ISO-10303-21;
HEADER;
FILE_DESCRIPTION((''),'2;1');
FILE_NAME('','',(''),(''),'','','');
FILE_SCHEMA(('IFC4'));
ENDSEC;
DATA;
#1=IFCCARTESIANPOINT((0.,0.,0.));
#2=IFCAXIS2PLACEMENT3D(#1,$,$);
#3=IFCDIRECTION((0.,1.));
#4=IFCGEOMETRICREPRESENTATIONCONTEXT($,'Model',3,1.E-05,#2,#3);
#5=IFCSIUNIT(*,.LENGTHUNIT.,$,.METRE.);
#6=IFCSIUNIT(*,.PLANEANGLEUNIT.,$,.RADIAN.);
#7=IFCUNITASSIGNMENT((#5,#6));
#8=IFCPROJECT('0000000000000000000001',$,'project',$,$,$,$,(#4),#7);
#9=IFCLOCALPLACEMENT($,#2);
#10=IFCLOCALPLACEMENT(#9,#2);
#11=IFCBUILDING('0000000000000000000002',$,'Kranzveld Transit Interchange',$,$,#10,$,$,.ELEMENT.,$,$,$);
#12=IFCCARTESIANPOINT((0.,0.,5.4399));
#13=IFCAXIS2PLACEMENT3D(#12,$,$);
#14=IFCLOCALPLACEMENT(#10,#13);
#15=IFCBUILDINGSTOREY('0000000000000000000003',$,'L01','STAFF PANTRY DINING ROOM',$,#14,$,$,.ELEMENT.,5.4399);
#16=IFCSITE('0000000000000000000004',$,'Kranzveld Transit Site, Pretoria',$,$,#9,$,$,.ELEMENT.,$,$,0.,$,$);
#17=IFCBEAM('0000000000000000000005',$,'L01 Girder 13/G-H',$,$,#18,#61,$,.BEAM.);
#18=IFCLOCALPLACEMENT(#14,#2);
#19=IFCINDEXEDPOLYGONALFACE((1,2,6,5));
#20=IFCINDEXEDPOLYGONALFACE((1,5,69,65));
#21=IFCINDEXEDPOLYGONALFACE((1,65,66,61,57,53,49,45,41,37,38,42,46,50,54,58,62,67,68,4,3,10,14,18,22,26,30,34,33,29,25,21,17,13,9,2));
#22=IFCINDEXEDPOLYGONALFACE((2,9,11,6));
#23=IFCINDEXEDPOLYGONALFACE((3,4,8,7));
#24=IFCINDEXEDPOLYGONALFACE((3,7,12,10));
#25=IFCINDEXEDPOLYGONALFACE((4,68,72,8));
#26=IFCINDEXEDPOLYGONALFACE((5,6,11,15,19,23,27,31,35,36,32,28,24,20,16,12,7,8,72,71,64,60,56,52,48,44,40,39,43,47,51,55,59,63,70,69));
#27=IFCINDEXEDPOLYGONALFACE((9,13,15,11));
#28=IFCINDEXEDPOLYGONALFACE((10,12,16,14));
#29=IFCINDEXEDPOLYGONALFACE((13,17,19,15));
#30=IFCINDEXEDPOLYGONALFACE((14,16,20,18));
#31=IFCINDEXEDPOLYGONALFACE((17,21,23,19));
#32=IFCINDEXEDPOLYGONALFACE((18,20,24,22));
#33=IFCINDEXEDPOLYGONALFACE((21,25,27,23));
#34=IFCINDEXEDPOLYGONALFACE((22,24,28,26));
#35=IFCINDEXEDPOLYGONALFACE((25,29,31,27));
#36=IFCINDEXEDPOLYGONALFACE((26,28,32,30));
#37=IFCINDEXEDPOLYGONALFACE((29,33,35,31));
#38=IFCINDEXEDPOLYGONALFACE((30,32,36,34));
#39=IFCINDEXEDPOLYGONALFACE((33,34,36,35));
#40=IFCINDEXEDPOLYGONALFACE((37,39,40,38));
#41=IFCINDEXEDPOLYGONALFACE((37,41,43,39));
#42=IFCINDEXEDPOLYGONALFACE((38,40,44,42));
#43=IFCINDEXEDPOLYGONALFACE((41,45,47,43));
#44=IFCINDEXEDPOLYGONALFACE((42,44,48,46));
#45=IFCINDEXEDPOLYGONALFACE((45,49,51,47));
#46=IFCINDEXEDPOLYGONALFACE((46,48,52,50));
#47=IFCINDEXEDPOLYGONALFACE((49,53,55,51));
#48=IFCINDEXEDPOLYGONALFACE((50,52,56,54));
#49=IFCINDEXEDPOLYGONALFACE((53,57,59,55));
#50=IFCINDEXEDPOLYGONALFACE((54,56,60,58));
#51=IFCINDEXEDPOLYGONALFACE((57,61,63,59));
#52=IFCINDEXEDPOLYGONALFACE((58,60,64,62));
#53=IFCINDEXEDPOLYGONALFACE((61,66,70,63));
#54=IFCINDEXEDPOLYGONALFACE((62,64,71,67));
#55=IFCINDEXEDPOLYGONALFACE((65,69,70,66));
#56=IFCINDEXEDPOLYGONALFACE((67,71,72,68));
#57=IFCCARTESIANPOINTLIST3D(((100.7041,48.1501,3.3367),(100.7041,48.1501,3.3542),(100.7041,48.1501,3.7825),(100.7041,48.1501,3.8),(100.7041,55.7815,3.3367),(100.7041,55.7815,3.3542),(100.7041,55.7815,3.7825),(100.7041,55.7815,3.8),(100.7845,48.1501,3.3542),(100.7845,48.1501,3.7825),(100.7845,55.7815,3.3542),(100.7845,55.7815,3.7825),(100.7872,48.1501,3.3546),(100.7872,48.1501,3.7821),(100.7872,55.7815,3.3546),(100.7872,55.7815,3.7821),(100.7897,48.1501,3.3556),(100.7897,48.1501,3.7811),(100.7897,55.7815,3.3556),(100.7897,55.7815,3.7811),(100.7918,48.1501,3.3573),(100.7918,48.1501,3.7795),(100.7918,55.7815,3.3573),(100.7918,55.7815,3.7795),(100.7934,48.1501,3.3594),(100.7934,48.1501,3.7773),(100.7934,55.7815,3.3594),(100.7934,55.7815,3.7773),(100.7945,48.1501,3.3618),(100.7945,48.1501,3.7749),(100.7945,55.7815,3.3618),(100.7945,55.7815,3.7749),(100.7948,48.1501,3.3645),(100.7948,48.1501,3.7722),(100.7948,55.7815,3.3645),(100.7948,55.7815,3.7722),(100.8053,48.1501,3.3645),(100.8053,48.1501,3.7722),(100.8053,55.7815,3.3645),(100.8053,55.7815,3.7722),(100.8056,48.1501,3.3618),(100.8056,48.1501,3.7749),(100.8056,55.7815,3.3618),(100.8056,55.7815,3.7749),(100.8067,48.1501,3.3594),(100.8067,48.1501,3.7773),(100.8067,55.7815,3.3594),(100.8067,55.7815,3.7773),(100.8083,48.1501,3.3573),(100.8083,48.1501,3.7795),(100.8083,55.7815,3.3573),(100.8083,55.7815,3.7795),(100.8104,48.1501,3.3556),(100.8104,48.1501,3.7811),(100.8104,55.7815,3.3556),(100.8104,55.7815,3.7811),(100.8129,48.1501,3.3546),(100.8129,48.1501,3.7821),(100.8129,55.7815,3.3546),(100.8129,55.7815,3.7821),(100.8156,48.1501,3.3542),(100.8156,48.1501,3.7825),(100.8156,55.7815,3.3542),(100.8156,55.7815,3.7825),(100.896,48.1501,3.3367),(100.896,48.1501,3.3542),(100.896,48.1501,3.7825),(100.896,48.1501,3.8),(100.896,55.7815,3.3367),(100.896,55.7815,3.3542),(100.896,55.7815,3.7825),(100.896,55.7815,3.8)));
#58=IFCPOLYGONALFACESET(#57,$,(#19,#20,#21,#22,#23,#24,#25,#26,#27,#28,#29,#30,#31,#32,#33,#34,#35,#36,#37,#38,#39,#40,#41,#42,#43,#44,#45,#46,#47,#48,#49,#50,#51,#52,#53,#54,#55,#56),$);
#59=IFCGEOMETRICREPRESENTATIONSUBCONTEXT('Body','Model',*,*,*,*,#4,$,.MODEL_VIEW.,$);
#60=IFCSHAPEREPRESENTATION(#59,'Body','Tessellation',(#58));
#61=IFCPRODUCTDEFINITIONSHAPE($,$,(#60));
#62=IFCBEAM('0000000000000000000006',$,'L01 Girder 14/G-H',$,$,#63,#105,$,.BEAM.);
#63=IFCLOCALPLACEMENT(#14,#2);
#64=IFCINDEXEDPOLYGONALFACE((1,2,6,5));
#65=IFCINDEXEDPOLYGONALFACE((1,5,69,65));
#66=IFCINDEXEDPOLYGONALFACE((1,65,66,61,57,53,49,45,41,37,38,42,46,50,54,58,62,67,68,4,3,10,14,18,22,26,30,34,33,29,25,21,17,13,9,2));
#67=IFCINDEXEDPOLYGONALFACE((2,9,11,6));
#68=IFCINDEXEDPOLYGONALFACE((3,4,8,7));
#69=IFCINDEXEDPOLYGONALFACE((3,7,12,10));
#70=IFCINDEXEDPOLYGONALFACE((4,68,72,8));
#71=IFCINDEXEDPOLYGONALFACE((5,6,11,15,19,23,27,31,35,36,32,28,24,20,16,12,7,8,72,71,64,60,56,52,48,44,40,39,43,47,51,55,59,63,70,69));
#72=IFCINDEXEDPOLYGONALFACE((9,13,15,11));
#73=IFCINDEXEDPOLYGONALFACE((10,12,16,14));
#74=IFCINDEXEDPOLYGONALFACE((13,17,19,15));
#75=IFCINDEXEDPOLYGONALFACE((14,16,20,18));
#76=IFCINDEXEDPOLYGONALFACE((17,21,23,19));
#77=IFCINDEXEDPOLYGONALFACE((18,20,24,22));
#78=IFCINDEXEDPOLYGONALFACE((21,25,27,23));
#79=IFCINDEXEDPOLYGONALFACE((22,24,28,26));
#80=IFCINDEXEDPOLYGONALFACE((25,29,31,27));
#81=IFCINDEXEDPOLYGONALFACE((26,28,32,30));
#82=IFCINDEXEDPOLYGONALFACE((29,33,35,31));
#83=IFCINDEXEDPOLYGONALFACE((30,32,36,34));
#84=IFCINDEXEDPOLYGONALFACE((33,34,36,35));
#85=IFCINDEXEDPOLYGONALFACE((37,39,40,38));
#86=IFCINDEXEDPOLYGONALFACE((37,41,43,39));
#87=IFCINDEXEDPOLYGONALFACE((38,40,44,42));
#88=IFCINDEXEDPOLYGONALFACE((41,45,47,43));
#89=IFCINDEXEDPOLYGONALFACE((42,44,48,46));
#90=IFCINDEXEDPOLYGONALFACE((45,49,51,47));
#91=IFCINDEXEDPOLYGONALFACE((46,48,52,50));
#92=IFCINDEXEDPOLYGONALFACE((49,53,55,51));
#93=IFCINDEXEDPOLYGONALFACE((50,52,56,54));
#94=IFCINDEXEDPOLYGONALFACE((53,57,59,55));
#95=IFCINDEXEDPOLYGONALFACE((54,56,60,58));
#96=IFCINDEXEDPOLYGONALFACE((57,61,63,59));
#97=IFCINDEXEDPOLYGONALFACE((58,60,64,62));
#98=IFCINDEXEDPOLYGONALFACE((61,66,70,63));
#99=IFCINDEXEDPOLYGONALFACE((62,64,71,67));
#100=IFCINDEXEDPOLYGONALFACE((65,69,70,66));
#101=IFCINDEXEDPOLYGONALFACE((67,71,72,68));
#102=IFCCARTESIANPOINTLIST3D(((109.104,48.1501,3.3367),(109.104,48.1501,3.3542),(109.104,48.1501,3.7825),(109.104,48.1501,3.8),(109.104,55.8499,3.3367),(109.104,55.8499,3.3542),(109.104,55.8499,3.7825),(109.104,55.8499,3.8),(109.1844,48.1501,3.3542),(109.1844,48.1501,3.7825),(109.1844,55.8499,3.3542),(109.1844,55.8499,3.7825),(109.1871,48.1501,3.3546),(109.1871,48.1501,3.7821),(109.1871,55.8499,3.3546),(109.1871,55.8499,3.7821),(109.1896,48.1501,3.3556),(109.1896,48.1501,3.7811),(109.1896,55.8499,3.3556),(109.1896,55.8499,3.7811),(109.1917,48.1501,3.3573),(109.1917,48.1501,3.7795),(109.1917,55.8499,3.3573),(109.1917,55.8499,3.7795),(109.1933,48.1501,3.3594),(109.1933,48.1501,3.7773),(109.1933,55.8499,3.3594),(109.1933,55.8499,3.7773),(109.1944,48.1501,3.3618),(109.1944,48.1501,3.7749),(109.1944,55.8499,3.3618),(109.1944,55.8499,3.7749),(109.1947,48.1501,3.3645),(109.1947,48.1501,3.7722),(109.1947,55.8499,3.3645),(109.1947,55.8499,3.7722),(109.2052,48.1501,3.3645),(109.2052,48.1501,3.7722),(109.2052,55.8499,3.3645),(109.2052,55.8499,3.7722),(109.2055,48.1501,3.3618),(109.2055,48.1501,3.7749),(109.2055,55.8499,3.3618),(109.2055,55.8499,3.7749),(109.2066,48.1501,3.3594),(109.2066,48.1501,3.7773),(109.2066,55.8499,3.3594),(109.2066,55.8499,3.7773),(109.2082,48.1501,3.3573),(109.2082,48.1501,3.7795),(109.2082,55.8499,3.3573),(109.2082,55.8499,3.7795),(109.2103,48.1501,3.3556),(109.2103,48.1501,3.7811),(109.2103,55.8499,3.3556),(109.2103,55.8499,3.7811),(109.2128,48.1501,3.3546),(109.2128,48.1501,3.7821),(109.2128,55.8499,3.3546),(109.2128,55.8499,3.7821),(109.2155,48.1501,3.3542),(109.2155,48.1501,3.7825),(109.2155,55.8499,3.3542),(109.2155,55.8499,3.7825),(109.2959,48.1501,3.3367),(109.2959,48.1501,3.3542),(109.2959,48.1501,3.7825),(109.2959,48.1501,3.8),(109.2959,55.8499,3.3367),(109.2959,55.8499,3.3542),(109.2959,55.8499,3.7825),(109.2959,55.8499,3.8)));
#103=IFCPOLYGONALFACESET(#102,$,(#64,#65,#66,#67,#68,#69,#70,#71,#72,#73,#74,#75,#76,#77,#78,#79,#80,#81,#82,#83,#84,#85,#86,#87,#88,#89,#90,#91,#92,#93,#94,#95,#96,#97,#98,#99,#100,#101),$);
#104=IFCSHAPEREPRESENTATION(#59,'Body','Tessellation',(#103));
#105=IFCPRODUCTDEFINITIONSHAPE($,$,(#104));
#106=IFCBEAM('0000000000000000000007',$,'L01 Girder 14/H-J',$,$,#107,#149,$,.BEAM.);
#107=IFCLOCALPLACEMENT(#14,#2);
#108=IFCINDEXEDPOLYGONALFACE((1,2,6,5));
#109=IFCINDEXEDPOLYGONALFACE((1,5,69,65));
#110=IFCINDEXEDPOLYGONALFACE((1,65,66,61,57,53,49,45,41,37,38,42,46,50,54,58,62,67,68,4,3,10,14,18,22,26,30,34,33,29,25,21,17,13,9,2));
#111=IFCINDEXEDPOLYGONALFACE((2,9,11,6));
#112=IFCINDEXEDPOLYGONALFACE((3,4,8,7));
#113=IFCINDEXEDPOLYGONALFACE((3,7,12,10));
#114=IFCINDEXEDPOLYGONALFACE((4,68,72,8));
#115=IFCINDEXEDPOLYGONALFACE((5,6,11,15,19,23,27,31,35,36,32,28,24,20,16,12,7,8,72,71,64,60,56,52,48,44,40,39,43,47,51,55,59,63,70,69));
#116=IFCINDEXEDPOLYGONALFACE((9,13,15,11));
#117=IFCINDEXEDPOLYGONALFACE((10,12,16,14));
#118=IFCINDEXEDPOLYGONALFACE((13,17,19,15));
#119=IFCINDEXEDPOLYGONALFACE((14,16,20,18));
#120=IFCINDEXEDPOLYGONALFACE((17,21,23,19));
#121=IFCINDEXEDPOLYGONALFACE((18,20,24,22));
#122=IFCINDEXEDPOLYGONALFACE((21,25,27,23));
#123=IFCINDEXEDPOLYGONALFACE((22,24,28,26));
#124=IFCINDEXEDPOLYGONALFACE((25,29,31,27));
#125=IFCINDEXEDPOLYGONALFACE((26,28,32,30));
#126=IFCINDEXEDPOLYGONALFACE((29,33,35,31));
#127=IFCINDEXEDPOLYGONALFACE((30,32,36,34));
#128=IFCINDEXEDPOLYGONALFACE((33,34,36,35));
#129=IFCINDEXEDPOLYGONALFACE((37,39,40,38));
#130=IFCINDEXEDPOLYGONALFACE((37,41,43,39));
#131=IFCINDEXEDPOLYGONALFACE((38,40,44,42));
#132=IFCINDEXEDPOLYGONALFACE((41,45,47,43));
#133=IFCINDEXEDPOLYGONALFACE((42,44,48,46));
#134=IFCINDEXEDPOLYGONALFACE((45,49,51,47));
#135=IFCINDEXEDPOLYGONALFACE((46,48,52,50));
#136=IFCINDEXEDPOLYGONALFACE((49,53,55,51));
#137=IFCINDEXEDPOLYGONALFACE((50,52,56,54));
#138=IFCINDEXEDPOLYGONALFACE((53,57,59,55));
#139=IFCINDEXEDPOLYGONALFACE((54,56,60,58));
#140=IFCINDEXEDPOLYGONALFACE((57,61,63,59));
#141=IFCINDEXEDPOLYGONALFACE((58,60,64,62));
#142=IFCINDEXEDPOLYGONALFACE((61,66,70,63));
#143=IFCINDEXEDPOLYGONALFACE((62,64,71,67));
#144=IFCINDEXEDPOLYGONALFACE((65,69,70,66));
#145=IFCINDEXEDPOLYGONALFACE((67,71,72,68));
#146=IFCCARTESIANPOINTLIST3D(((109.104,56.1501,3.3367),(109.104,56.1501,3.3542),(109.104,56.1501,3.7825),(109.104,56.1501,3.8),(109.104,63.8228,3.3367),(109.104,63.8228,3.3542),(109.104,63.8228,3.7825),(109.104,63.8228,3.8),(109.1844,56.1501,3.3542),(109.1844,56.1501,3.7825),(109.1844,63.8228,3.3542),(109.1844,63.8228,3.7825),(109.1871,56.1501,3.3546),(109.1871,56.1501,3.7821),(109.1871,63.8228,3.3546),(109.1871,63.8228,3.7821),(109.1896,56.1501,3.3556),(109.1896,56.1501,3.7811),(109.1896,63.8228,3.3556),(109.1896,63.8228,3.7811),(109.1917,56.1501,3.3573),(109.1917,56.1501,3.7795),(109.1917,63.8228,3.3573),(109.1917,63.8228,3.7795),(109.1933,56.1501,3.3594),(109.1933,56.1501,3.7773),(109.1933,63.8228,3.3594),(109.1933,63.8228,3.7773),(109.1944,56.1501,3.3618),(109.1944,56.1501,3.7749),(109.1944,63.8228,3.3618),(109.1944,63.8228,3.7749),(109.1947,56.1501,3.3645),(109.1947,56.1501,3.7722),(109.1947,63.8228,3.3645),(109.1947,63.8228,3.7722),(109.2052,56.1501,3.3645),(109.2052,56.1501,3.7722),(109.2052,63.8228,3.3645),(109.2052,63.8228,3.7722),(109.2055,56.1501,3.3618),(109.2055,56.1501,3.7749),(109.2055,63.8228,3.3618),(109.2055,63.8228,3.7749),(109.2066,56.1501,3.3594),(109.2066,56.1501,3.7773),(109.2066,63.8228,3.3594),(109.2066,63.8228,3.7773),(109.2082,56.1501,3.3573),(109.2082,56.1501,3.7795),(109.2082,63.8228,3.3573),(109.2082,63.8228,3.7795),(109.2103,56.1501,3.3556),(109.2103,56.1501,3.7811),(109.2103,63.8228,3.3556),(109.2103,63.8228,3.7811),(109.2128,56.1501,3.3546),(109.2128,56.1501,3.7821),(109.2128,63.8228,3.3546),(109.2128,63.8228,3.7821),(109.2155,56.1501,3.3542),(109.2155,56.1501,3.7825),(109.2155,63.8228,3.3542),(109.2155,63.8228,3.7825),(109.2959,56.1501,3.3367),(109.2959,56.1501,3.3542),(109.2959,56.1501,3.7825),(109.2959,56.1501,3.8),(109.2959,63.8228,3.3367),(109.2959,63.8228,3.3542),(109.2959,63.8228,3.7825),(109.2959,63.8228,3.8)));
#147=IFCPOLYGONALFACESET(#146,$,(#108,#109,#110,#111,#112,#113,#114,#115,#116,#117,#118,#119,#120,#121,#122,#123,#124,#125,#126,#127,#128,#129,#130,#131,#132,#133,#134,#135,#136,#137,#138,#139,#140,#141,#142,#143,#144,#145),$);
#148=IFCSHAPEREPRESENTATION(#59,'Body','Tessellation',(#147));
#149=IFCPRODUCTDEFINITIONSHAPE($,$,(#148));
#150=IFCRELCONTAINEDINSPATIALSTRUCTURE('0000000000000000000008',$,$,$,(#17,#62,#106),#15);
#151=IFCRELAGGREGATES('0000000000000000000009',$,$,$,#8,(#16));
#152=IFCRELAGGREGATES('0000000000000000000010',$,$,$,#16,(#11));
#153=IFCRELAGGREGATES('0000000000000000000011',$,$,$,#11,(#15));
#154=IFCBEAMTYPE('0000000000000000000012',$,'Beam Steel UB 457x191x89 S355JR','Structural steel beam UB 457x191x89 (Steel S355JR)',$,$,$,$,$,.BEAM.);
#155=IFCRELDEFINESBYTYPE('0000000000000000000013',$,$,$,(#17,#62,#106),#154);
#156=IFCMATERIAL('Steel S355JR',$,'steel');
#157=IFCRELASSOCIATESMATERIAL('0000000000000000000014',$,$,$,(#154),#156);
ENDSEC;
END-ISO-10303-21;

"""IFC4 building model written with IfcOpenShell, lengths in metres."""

from ifc_helpers import new_model, si_unit, direction, frame, origin, origin_2d, place, context, subcontext, project, spatial, i_section, extrude, material, material_profile, profile_set, type_object, element, save


model = new_model("IFC4")

# Units and contexts
model_context = context("Model", 3, precision=1e-05, world=origin(), true_north=direction((0.0, 1.0)))
body_context = subcontext(model_context, "Body", "Model", "MODEL_VIEW")
ifc_project = project(units=[si_unit("LENGTHUNIT", "METRE"), si_unit("PLANEANGLEUNIT", "RADIAN")], contexts=[model_context])

# Site, building, storey
site_placement = place(None, origin())
site = spatial("IfcSite", under=ifc_project, at=site_placement, Name="Kranzveld Transit Site, Pretoria", CompositionType="ELEMENT", RefElevation=0.0)
building_placement = place(site_placement, origin())
building = spatial("IfcBuilding", under=site, at=building_placement, Name="Kranzveld Transit Interchange", CompositionType="ELEMENT")
storey_placement = place(building_placement, frame((0.0, 0.0, 5.4399)))
storey = spatial("IfcBuildingStorey", under=building, at=storey_placement, Name="L01", Description="STAFF PANTRY DINING ROOM", CompositionType="ELEMENT", Elevation=5.4399)

# Beams
ifc_material_1 = material(Name="Steel S355JR", Category="steel")
ifc_material_profile_1 = material_profile(ifc_material_1, i_section(OverallWidth=0.1919, OverallDepth=0.4634, WebThickness=0.0105, FlangeThickness=0.0176, FilletRadius=0.0103, at=origin_2d()), Name="UB 457x191x89")
ifc_profile_set_1 = profile_set([ifc_material_profile_1], Name="Steel S355JR")
beam_type_1 = type_object("IfcBeamType", Name="Beam Steel UB 457x191x89 S355JR", Description="Structural steel beam UB 457x191x89 (Steel S355JR)", PredefinedType="BEAM", material=ifc_profile_set_1)
beam_1_placement = place(storey_placement, frame((100.8, 48.1501, 3.5684), z_axis=(0.0, 1.0, 0.0), x_axis=(-1.0, 0.0, 0.0)))
element("IfcBeam", 1, at=beam_1_placement, inside=storey, type_object=beam_type_1, Name="L01 Girder 13/G-H", PredefinedType="BEAM", context=body_context, shape_type="SweptSolid", body=[
    extrude(i_section(OverallWidth=0.1919, OverallDepth=0.4634, WebThickness=0.0105, FlangeThickness=0.0176, FilletRadius=0.0103, at=origin_2d()), origin(), (0.0, 0.0, 1.0), 7.6313),
])
beam_2_placement = place(storey_placement, frame((109.2, 48.1501, 3.5684), z_axis=(0.0, 1.0, 0.0), x_axis=(-1.0, 0.0, 0.0)))
element("IfcBeam", 2, at=beam_2_placement, inside=storey, type_object=beam_type_1, Name="L01 Girder 14/G-H", PredefinedType="BEAM", context=body_context, shape_type="SweptSolid", body=[
    extrude(i_section(OverallWidth=0.1919, OverallDepth=0.4634, WebThickness=0.0105, FlangeThickness=0.0176, FilletRadius=0.0103, at=origin_2d()), origin(), (0.0, 0.0, 1.0), 7.6997),
])
beam_3_placement = place(storey_placement, frame((109.2, 56.1501, 3.5684), z_axis=(0.0, 1.0, 0.0), x_axis=(-1.0, 0.0, 0.0)))
element("IfcBeam", 3, at=beam_3_placement, inside=storey, type_object=beam_type_1, Name="L01 Girder 14/H-J", PredefinedType="BEAM", context=body_context, shape_type="SweptSolid", body=[
    extrude(i_section(OverallWidth=0.1919, OverallDepth=0.4634, WebThickness=0.0105, FlangeThickness=0.0176, FilletRadius=0.0103, at=origin_2d()), origin(), (0.0, 0.0, 1.0), 7.6726),
])

save(model, "model.ifc")
